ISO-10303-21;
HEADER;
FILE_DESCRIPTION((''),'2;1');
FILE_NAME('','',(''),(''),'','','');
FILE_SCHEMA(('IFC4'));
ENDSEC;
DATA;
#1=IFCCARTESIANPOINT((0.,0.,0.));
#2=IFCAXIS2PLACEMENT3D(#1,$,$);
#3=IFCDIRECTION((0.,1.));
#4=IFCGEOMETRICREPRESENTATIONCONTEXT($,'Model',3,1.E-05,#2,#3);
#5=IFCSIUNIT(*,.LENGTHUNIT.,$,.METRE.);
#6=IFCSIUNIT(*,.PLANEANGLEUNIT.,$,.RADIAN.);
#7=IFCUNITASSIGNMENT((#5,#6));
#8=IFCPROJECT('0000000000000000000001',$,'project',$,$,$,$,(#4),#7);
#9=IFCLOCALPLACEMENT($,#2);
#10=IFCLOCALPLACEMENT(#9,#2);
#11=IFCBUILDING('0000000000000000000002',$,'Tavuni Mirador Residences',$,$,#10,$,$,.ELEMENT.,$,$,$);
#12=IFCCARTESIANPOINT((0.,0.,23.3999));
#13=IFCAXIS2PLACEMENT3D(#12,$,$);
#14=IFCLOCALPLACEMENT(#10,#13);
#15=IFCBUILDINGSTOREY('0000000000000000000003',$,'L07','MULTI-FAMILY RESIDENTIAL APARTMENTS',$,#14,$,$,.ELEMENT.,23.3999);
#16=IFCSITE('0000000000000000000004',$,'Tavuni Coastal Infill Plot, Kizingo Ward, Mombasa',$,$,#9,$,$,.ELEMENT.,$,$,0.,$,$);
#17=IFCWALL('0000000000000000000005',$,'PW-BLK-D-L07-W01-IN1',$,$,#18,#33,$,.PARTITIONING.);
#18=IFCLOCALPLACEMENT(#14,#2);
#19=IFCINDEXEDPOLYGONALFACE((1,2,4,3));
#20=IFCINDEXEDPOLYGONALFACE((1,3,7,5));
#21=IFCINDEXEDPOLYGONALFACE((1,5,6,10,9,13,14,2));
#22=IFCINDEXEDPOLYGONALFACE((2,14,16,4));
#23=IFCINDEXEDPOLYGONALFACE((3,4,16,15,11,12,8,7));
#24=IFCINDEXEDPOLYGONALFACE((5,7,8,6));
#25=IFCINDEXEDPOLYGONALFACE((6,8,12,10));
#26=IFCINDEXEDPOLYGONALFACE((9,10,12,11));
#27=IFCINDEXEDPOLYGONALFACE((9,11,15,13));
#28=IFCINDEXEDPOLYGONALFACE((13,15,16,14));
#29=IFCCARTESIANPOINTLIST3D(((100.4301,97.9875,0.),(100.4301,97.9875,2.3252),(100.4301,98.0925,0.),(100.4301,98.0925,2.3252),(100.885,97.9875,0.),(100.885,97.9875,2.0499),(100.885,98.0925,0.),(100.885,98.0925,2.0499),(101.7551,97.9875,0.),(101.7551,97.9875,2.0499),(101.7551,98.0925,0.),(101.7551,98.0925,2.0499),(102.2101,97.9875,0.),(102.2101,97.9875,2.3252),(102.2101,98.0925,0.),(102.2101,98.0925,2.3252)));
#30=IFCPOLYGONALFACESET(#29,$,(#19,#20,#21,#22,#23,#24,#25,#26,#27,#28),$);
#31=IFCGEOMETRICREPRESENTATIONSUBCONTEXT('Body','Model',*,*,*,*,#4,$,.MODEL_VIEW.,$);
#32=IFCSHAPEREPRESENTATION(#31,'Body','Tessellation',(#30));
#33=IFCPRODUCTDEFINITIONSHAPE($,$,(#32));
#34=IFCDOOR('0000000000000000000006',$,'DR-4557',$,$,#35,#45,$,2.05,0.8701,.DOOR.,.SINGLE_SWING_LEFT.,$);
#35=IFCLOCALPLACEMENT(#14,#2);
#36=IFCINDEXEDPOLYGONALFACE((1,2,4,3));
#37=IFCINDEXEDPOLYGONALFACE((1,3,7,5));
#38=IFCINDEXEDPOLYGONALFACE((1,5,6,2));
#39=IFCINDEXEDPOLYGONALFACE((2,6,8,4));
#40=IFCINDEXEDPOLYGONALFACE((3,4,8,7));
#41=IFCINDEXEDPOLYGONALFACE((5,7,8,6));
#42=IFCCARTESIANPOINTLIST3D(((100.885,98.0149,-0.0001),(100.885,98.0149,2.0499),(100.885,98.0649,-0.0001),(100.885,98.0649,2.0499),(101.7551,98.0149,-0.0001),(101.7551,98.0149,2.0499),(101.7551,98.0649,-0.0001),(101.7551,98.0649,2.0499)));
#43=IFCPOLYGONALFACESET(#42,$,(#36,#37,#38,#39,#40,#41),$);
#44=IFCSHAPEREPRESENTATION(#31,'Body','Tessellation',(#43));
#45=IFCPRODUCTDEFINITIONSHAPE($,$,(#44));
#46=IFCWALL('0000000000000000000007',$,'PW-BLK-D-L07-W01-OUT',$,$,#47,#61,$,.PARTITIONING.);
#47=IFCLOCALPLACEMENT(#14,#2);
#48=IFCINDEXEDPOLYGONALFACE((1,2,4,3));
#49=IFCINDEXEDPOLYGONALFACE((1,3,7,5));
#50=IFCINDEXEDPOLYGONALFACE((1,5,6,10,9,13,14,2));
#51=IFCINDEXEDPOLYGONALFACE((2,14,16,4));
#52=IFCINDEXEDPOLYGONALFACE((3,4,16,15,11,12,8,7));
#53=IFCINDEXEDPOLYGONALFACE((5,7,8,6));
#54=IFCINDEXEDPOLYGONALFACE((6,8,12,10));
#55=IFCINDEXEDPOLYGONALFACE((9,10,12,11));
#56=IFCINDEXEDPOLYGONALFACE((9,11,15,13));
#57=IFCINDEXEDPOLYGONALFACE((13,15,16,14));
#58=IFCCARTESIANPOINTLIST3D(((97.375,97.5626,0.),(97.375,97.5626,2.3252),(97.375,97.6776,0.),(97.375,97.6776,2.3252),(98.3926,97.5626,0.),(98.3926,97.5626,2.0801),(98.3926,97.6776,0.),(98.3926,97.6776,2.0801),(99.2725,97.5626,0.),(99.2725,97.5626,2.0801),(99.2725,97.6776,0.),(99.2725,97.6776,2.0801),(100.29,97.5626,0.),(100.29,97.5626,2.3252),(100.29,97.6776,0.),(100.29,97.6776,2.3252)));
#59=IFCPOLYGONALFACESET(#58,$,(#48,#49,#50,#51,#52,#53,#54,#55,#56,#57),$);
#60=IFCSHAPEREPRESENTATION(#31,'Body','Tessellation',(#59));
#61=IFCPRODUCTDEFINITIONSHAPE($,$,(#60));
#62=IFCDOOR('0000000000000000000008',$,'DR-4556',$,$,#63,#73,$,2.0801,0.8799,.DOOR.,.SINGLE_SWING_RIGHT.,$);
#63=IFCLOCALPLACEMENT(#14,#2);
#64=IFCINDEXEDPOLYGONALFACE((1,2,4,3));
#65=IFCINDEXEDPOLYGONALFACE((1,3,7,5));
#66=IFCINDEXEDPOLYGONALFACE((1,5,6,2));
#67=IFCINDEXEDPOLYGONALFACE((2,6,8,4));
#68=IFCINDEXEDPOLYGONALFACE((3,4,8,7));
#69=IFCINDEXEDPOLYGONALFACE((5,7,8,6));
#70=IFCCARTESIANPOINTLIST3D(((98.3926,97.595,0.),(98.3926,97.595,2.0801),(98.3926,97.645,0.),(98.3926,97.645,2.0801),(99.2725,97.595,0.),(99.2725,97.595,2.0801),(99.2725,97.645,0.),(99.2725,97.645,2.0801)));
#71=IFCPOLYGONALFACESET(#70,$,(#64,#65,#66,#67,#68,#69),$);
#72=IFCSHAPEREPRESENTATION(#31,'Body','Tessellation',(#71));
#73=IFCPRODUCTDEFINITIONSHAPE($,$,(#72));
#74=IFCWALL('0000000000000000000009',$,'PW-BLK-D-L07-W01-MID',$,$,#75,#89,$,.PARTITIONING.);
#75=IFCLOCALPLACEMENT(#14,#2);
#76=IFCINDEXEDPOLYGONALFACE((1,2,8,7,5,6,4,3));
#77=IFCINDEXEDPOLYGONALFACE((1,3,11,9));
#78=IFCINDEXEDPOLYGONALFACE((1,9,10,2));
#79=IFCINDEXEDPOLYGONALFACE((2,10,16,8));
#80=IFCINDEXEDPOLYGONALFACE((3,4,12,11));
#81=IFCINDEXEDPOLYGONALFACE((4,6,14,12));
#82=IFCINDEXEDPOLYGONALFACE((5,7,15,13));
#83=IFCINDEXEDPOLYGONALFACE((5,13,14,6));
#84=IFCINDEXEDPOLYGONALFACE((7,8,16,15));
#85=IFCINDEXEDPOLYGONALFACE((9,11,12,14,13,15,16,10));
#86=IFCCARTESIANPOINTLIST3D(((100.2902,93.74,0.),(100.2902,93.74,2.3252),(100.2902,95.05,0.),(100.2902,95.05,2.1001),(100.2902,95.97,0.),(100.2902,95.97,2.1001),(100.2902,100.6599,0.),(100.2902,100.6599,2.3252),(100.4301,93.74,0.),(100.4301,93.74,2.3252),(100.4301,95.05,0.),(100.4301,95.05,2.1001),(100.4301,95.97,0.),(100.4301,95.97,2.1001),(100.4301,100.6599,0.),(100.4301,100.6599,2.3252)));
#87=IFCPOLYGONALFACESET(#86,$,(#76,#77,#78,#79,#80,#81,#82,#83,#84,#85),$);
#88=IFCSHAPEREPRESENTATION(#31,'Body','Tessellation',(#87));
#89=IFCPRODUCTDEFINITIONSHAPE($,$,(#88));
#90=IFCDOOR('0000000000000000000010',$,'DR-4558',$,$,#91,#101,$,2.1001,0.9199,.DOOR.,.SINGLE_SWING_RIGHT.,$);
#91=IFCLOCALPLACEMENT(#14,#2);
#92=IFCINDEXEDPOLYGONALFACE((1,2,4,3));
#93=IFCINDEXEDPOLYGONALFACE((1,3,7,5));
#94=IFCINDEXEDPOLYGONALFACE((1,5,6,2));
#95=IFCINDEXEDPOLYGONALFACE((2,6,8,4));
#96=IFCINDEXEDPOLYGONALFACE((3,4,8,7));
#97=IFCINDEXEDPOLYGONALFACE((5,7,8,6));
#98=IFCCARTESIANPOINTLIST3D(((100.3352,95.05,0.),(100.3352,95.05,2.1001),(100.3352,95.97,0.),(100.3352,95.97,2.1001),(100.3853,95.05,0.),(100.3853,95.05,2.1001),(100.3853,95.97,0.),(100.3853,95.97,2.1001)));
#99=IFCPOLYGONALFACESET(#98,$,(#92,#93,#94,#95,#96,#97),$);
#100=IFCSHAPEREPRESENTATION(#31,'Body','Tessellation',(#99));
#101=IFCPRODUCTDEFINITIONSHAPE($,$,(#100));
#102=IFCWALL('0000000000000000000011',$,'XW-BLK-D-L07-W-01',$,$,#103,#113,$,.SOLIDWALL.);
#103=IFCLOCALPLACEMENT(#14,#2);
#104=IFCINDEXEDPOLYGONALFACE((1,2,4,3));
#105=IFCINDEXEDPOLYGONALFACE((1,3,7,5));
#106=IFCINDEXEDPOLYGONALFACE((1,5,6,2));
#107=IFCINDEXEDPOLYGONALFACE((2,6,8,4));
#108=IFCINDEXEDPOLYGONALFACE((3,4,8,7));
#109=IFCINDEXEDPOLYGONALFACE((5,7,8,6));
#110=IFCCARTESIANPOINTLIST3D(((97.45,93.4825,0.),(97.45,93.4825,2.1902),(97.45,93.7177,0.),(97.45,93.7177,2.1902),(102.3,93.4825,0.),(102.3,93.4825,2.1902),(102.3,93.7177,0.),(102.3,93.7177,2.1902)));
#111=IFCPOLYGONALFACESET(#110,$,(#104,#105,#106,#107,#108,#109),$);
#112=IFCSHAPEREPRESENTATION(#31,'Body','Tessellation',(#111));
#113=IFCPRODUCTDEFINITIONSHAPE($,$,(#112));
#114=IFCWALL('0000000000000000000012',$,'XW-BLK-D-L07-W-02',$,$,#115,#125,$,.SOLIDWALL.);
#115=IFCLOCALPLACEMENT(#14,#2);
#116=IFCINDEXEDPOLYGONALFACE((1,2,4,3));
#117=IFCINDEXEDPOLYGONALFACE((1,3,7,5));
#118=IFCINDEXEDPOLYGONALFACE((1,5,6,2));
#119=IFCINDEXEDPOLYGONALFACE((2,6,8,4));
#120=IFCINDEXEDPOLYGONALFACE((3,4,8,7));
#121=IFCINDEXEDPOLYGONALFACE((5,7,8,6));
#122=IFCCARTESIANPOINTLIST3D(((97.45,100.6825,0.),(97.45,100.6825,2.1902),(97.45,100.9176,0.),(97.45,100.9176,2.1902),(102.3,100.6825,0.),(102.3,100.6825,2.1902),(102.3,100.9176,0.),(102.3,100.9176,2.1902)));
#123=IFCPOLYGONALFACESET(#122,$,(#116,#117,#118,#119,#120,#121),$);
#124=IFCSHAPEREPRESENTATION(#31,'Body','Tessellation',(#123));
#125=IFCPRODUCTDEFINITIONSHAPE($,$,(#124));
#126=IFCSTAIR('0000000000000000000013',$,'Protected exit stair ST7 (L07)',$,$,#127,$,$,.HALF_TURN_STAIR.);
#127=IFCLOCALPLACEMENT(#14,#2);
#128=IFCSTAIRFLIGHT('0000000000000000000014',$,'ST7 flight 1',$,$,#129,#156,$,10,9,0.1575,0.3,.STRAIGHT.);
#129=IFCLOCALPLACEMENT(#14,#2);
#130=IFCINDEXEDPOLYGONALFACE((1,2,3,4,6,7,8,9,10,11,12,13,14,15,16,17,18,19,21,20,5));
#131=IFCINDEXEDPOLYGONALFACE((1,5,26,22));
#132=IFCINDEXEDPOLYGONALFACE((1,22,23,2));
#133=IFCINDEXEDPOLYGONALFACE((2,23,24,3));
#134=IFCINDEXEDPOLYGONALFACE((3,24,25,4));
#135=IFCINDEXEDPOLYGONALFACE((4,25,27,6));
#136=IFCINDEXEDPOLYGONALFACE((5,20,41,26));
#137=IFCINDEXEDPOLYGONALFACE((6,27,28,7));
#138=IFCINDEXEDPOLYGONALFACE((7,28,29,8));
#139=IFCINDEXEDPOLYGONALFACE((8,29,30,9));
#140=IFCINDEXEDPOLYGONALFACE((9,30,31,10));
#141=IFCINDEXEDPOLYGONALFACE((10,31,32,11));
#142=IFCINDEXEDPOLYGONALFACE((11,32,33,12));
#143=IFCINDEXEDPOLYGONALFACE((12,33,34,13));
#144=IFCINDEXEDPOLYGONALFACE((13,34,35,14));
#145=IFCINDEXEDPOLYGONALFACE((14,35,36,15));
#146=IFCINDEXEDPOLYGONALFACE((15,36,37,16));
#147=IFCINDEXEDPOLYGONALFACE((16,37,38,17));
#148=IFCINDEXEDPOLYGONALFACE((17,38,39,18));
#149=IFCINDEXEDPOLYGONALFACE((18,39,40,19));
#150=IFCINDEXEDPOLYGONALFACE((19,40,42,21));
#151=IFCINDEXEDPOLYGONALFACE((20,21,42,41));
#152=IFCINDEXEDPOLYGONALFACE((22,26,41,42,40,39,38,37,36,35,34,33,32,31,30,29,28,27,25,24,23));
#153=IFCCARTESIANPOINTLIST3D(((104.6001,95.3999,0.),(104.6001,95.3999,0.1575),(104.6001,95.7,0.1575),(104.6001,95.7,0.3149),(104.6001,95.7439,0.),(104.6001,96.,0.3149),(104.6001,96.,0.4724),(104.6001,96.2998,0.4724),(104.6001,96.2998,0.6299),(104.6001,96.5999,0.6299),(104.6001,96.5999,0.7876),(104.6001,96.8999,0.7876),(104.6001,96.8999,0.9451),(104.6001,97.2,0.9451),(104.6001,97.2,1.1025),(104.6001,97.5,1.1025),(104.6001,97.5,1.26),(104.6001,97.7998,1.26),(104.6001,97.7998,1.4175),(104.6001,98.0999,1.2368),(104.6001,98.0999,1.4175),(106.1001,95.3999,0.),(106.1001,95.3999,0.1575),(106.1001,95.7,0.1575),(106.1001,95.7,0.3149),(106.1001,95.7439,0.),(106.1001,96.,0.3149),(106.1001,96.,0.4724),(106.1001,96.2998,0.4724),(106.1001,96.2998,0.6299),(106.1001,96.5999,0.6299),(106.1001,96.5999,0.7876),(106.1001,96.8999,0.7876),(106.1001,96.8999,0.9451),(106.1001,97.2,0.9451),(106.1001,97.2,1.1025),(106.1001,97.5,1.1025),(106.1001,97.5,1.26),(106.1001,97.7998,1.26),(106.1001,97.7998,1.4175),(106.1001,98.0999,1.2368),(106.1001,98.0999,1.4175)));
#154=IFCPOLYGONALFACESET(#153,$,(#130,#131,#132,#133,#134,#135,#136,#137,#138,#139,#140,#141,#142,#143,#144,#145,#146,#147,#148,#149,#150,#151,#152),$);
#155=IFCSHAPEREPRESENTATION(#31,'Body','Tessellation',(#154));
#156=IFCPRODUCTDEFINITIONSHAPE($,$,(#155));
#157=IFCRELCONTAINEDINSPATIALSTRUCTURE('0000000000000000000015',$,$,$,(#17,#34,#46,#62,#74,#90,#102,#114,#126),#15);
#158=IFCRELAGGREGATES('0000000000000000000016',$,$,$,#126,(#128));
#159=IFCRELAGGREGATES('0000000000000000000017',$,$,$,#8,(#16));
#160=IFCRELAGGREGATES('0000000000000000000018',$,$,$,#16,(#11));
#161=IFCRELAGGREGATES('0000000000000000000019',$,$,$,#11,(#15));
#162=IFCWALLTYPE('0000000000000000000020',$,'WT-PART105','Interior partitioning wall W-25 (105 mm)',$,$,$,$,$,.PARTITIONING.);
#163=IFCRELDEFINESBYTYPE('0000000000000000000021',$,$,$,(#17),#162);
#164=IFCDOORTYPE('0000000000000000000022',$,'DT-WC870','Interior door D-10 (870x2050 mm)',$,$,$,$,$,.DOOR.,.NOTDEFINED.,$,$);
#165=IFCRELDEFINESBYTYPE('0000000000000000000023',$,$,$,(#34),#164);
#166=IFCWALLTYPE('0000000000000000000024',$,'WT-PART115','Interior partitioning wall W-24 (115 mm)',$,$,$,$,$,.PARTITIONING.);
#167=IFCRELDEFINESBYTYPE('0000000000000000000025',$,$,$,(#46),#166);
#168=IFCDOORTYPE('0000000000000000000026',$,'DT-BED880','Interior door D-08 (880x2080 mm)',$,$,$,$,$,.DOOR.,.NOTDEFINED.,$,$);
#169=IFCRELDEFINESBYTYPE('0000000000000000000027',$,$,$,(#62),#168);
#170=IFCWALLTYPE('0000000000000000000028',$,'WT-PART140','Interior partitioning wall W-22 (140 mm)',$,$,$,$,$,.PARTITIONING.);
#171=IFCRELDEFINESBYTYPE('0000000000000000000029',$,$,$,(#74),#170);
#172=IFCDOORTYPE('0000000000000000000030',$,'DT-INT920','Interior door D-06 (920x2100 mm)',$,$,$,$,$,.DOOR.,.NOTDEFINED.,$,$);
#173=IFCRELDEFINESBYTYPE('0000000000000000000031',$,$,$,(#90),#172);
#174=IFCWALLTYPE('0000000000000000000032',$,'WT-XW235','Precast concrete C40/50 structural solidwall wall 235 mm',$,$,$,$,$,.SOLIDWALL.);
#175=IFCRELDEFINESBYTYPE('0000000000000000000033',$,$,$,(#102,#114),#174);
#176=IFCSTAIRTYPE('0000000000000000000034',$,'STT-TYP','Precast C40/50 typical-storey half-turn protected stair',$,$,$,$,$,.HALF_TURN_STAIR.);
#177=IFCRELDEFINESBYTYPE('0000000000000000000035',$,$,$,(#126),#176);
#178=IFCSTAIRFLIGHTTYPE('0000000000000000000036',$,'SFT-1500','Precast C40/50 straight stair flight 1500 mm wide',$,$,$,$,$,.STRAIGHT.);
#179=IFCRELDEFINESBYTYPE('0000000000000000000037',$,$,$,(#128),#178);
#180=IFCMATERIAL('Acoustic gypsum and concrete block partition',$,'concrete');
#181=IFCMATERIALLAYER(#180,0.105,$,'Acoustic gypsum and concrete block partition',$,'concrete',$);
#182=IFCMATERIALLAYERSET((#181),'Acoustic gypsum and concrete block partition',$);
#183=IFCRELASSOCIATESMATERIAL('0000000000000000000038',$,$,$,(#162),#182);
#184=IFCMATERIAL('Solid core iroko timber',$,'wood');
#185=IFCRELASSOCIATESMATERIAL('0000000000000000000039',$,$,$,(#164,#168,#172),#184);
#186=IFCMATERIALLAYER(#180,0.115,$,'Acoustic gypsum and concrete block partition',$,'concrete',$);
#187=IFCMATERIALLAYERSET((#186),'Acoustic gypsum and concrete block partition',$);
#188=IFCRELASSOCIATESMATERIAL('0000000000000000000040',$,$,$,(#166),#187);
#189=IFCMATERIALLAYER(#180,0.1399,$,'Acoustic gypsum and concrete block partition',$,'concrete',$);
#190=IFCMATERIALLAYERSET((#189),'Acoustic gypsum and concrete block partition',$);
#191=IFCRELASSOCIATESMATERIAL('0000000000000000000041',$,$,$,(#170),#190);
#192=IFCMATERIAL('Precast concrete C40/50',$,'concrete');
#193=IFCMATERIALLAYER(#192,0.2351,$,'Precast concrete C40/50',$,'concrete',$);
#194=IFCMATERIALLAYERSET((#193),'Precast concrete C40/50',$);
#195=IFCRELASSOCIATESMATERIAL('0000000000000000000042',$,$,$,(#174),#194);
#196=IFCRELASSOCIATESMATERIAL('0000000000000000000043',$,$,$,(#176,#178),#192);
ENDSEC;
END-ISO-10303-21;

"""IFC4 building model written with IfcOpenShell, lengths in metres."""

from ifc_helpers import new_model, si_unit, direction, frame, frame_2d, origin, place, context, subcontext, project, spatial, polyline, rectangle, outline, extrude, material, layer, layer_set, type_object, element, fill, aggregate, save


model = new_model("IFC4")

# Units and contexts
model_context = context("Model", 3, precision=1e-05, world=origin(), true_north=direction((0.0, 1.0)))
body_context = subcontext(model_context, "Body", "Model", "MODEL_VIEW")
ifc_project = project(units=[si_unit("LENGTHUNIT", "METRE"), si_unit("PLANEANGLEUNIT", "RADIAN")], contexts=[model_context])

# Site, building, storey
site_placement = place(None, origin())
site = spatial("IfcSite", under=ifc_project, at=site_placement, Name="Tavuni Coastal Infill Plot, Kizingo Ward, Mombasa", CompositionType="ELEMENT", RefElevation=0.0)
building_placement = place(site_placement, origin())
building = spatial("IfcBuilding", under=site, at=building_placement, Name="Tavuni Mirador Residences", CompositionType="ELEMENT")
storey_placement = place(building_placement, frame((0.0, 0.0, 23.3999)))
storey = spatial("IfcBuildingStorey", under=building, at=storey_placement, Name="L07", Description="MULTI-FAMILY RESIDENTIAL APARTMENTS", CompositionType="ELEMENT", Elevation=23.3999)

# Shared definitions
ifc_material_1 = material(Name="Precast concrete C40/50", Category="concrete")

# Shared definitions
ifc_material_2 = material(Name="Solid core iroko timber", Category="wood")

# Walls, openings, doors
ifc_material_3 = material(Name="Acoustic gypsum and concrete block partition", Category="concrete")
ifc_layer_1 = layer(ifc_material_3, 0.105, Name="Acoustic gypsum and concrete block partition", Category="concrete")
ifc_layer_set_1 = layer_set([ifc_layer_1], Name="Acoustic gypsum and concrete block partition")
wall_type_1 = type_object("IfcWallType", Name="WT-PART105", Description="Interior partitioning wall W-25 (105 mm)", PredefinedType="PARTITIONING", material=ifc_layer_set_1)
wall_1_placement = place(storey_placement, frame((100.4299, 98.04, 0.0), z_axis=(0.0, 0.0, 1.0), x_axis=(1.0, 0.0, 0.0)))
wall_1 = element("IfcWall", 1, at=wall_1_placement, inside=storey, type_object=wall_type_1, Name="PW-BLK-D-L07-W01-IN1", PredefinedType="PARTITIONING", context=body_context, shape_type="SweptSolid", body=[
    extrude(rectangle(XDim=1.78, YDim=0.105, at=frame_2d((0.8901, 0.0))), origin(), (0.0, 0.0, 1.0), 2.3252),
])
opening_1_placement = place(wall_1_placement, frame((0.4551, 0.0, 0.0)))
opening_1 = element("IfcOpeningElement", 2, at=opening_1_placement, cuts=wall_1, PredefinedType="OPENING", context=body_context, shape_type="SweptSolid", body=[
    extrude(rectangle(XDim=0.8701, YDim=2.05, at=frame_2d((0.4351, 1.0249))), frame((0.0, 0.0625, 0.0), z_axis=(0.0, -1.0, 0.0), x_axis=(1.0, 0.0, 0.0)), (0.0, 0.0, 1.0), 0.125),
])
door_type_1 = type_object("IfcDoorType", Name="DT-WC870", Description="Interior door D-10 (870x2050 mm)", OperationType="NOTDEFINED", PredefinedType="DOOR", material=ifc_material_2)
door_1_placement = place(opening_1_placement, origin())
door_1 = element("IfcDoor", 3, at=door_1_placement, inside=storey, type_object=door_type_1, Name="DR-4557", OperationType="SINGLE_SWING_LEFT", OverallHeight=2.05, OverallWidth=0.8701, PredefinedType="DOOR", context=body_context, shape_type="SweptSolid", body=[
    extrude(rectangle(XDim=0.8701, YDim=2.05, at=frame_2d((0.4351, 1.0249))), frame((0.0, 0.0249, 0.0), z_axis=(0.0, -1.0, 0.0), x_axis=(1.0, 0.0, 0.0)), (0.0, 0.0, 1.0), 0.05),
])
fill(opening_1, door_1)
ifc_layer_2 = layer(ifc_material_3, 0.115, Name="Acoustic gypsum and concrete block partition", Category="concrete")
ifc_layer_set_2 = layer_set([ifc_layer_2], Name="Acoustic gypsum and concrete block partition")
wall_type_2 = type_object("IfcWallType", Name="WT-PART115", Description="Interior partitioning wall W-24 (115 mm)", PredefinedType="PARTITIONING", material=ifc_layer_set_2)
wall_2_placement = place(storey_placement, frame((97.375, 97.6201, 0.0), z_axis=(0.0, 0.0, 1.0), x_axis=(1.0, 0.0, 0.0)))
wall_2 = element("IfcWall", 4, at=wall_2_placement, inside=storey, type_object=wall_type_2, Name="PW-BLK-D-L07-W01-OUT", PredefinedType="PARTITIONING", context=body_context, shape_type="SweptSolid", body=[
    extrude(rectangle(XDim=2.915, YDim=0.115, at=frame_2d((1.4575, 0.0))), origin(), (0.0, 0.0, 1.0), 2.3252),
])
opening_2_placement = place(wall_2_placement, frame((1.0176, 0.0, 0.0)))
opening_2 = element("IfcOpeningElement", 5, at=opening_2_placement, cuts=wall_2, PredefinedType="OPENING", context=body_context, shape_type="SweptSolid", body=[
    extrude(rectangle(XDim=0.8799, YDim=2.0801, at=frame_2d((0.4399, 1.04))), frame((0.0, 0.0674, 0.0), z_axis=(0.0, -1.0, 0.0), x_axis=(1.0, 0.0, 0.0)), (0.0, 0.0, 1.0), 0.135),
])
door_type_2 = type_object("IfcDoorType", Name="DT-BED880", Description="Interior door D-08 (880x2080 mm)", OperationType="NOTDEFINED", PredefinedType="DOOR", material=ifc_material_2)
door_2_placement = place(opening_2_placement, origin())
door_2 = element("IfcDoor", 6, at=door_2_placement, inside=storey, type_object=door_type_2, Name="DR-4556", OperationType="SINGLE_SWING_RIGHT", OverallHeight=2.0801, OverallWidth=0.8799, PredefinedType="DOOR", context=body_context, shape_type="SweptSolid", body=[
    extrude(rectangle(XDim=0.8799, YDim=2.0801, at=frame_2d((0.4399, 1.04))), frame((0.0, 0.0249, 0.0), z_axis=(0.0, -1.0, 0.0), x_axis=(1.0, 0.0, 0.0)), (0.0, 0.0, 1.0), 0.05),
])
fill(opening_2, door_2)
ifc_layer_3 = layer(ifc_material_3, 0.1399, Name="Acoustic gypsum and concrete block partition", Category="concrete")
ifc_layer_set_3 = layer_set([ifc_layer_3], Name="Acoustic gypsum and concrete block partition")
wall_type_3 = type_object("IfcWallType", Name="WT-PART140", Description="Interior partitioning wall W-22 (140 mm)", PredefinedType="PARTITIONING", material=ifc_layer_set_3)
wall_3_placement = place(storey_placement, frame((100.3601, 93.74, 0.0), z_axis=(0.0, 0.0, 1.0), x_axis=(0.0, 1.0, 0.0)))
wall_3 = element("IfcWall", 7, at=wall_3_placement, inside=storey, type_object=wall_type_3, Name="PW-BLK-D-L07-W01-MID", PredefinedType="PARTITIONING", context=body_context, shape_type="SweptSolid", body=[
    extrude(rectangle(XDim=6.9199, YDim=0.1399, at=frame_2d((3.46, 0.0))), origin(), (0.0, 0.0, 1.0), 2.3252),
])
opening_3_placement = place(wall_3_placement, frame((1.3101, 0.0, 0.0)))
opening_3 = element("IfcOpeningElement", 8, at=opening_3_placement, cuts=wall_3, PredefinedType="OPENING", context=body_context, shape_type="SweptSolid", body=[
    extrude(rectangle(XDim=0.9199, YDim=2.1001, at=frame_2d((0.46, 1.05))), frame((0.0, 0.0801, 0.0), z_axis=(0.0, -1.0, 0.0), x_axis=(1.0, 0.0, 0.0)), (0.0, 0.0, 1.0), 0.1599),
])
door_type_3 = type_object("IfcDoorType", Name="DT-INT920", Description="Interior door D-06 (920x2100 mm)", OperationType="NOTDEFINED", PredefinedType="DOOR", material=ifc_material_2)
door_3_placement = place(opening_3_placement, origin())
door_3 = element("IfcDoor", 9, at=door_3_placement, inside=storey, type_object=door_type_3, Name="DR-4558", OperationType="SINGLE_SWING_RIGHT", OverallHeight=2.1001, OverallWidth=0.9199, PredefinedType="DOOR", context=body_context, shape_type="SweptSolid", body=[
    extrude(rectangle(XDim=0.9199, YDim=2.1001, at=frame_2d((0.46, 1.05))), frame((0.0, 0.0249, 0.0), z_axis=(0.0, -1.0, 0.0), x_axis=(1.0, 0.0, 0.0)), (0.0, 0.0, 1.0), 0.05),
])
fill(opening_3, door_3)

# Walls
ifc_layer_4 = layer(ifc_material_1, 0.2351, Name="Precast concrete C40/50", Category="concrete")
ifc_layer_set_4 = layer_set([ifc_layer_4], Name="Precast concrete C40/50")
wall_type_4 = type_object("IfcWallType", Name="WT-XW235", Description="Precast concrete C40/50 structural solidwall wall 235 mm", PredefinedType="SOLIDWALL", material=ifc_layer_set_4)
for number, where, z_axis, x_axis, name in (
    (10, (97.45, 93.6001, 0.0), (0.0, 0.0, 1.0), (1.0, 0.0, 0.0), "XW-BLK-D-L07-W-01"),
    (11, (97.45, 100.8, 0.0), (0.0, 0.0, 1.0), (1.0, 0.0, 0.0), "XW-BLK-D-L07-W-02"),
):
    element("IfcWall", number, at=place(storey_placement, frame(where, z_axis=z_axis, x_axis=x_axis)), inside=storey, type_object=wall_type_4, Name=name, PredefinedType="SOLIDWALL", context=body_context, shape_type="SweptSolid", body=[
        extrude(rectangle(XDim=4.8501, YDim=0.2351, at=frame_2d((2.425, 0.0))), origin(), (0.0, 0.0, 1.0), 2.1902),
    ])

# Stair, stair flight
stair_type = type_object("IfcStairType", Name="STT-TYP", Description="Precast C40/50 typical-storey half-turn protected stair", PredefinedType="HALF_TURN_STAIR", material=ifc_material_1)
stair_placement = place(storey_placement, origin())
stair = element("IfcStair", 12, at=stair_placement, inside=storey, type_object=stair_type, Name="Protected exit stair ST7 (L07)", PredefinedType="HALF_TURN_STAIR")
stair_flight_type = type_object("IfcStairFlightType", Name="SFT-1500", Description="Precast C40/50 straight stair flight 1500 mm wide", PredefinedType="STRAIGHT", material=ifc_material_1)
stair_flight_placement = place(storey_placement, frame((105.3501, 95.3999, 0.0), z_axis=(0.0, 0.0, 1.0), x_axis=(0.0, 1.0, 0.0)))
stair_flight = element("IfcStairFlight", 13, at=stair_flight_placement, type_object=stair_flight_type, Name="ST7 flight 1", NumberOfRisers=10, NumberOfTreads=9, PredefinedType="STRAIGHT", RiserHeight=0.1575, TreadLength=0.3, context=body_context, shape_type="SweptSolid", body=[
    extrude(outline(polyline([(0.0, 0.0), (0.0, 0.1575), (0.3, 0.1575), (0.3, 0.3149), (0.6001, 0.3149), (0.6001, 0.4724), (0.8999, 0.4724), (0.8999, 0.6299), (1.2, 0.6299), (1.2, 0.7876), (1.5, 0.7876), (1.5, 0.9451), (1.8, 0.9451), (1.8, 1.1025), (2.1001, 1.1025), (2.1001, 1.26), (2.3999, 1.26), (2.3999, 1.4175), (2.7, 1.4175), (2.7, 1.575), (2.7, 1.2368), (0.344, 0.0), (0.0, 0.0)])), frame((0.0, 0.75, 0.0), z_axis=(0.0, -1.0, 0.0), x_axis=(1.0, 0.0, 0.0)), (0.0, 0.0, 1.0), 1.5),
])
aggregate(stair, [stair_flight])

save(model, "model.ifc")
